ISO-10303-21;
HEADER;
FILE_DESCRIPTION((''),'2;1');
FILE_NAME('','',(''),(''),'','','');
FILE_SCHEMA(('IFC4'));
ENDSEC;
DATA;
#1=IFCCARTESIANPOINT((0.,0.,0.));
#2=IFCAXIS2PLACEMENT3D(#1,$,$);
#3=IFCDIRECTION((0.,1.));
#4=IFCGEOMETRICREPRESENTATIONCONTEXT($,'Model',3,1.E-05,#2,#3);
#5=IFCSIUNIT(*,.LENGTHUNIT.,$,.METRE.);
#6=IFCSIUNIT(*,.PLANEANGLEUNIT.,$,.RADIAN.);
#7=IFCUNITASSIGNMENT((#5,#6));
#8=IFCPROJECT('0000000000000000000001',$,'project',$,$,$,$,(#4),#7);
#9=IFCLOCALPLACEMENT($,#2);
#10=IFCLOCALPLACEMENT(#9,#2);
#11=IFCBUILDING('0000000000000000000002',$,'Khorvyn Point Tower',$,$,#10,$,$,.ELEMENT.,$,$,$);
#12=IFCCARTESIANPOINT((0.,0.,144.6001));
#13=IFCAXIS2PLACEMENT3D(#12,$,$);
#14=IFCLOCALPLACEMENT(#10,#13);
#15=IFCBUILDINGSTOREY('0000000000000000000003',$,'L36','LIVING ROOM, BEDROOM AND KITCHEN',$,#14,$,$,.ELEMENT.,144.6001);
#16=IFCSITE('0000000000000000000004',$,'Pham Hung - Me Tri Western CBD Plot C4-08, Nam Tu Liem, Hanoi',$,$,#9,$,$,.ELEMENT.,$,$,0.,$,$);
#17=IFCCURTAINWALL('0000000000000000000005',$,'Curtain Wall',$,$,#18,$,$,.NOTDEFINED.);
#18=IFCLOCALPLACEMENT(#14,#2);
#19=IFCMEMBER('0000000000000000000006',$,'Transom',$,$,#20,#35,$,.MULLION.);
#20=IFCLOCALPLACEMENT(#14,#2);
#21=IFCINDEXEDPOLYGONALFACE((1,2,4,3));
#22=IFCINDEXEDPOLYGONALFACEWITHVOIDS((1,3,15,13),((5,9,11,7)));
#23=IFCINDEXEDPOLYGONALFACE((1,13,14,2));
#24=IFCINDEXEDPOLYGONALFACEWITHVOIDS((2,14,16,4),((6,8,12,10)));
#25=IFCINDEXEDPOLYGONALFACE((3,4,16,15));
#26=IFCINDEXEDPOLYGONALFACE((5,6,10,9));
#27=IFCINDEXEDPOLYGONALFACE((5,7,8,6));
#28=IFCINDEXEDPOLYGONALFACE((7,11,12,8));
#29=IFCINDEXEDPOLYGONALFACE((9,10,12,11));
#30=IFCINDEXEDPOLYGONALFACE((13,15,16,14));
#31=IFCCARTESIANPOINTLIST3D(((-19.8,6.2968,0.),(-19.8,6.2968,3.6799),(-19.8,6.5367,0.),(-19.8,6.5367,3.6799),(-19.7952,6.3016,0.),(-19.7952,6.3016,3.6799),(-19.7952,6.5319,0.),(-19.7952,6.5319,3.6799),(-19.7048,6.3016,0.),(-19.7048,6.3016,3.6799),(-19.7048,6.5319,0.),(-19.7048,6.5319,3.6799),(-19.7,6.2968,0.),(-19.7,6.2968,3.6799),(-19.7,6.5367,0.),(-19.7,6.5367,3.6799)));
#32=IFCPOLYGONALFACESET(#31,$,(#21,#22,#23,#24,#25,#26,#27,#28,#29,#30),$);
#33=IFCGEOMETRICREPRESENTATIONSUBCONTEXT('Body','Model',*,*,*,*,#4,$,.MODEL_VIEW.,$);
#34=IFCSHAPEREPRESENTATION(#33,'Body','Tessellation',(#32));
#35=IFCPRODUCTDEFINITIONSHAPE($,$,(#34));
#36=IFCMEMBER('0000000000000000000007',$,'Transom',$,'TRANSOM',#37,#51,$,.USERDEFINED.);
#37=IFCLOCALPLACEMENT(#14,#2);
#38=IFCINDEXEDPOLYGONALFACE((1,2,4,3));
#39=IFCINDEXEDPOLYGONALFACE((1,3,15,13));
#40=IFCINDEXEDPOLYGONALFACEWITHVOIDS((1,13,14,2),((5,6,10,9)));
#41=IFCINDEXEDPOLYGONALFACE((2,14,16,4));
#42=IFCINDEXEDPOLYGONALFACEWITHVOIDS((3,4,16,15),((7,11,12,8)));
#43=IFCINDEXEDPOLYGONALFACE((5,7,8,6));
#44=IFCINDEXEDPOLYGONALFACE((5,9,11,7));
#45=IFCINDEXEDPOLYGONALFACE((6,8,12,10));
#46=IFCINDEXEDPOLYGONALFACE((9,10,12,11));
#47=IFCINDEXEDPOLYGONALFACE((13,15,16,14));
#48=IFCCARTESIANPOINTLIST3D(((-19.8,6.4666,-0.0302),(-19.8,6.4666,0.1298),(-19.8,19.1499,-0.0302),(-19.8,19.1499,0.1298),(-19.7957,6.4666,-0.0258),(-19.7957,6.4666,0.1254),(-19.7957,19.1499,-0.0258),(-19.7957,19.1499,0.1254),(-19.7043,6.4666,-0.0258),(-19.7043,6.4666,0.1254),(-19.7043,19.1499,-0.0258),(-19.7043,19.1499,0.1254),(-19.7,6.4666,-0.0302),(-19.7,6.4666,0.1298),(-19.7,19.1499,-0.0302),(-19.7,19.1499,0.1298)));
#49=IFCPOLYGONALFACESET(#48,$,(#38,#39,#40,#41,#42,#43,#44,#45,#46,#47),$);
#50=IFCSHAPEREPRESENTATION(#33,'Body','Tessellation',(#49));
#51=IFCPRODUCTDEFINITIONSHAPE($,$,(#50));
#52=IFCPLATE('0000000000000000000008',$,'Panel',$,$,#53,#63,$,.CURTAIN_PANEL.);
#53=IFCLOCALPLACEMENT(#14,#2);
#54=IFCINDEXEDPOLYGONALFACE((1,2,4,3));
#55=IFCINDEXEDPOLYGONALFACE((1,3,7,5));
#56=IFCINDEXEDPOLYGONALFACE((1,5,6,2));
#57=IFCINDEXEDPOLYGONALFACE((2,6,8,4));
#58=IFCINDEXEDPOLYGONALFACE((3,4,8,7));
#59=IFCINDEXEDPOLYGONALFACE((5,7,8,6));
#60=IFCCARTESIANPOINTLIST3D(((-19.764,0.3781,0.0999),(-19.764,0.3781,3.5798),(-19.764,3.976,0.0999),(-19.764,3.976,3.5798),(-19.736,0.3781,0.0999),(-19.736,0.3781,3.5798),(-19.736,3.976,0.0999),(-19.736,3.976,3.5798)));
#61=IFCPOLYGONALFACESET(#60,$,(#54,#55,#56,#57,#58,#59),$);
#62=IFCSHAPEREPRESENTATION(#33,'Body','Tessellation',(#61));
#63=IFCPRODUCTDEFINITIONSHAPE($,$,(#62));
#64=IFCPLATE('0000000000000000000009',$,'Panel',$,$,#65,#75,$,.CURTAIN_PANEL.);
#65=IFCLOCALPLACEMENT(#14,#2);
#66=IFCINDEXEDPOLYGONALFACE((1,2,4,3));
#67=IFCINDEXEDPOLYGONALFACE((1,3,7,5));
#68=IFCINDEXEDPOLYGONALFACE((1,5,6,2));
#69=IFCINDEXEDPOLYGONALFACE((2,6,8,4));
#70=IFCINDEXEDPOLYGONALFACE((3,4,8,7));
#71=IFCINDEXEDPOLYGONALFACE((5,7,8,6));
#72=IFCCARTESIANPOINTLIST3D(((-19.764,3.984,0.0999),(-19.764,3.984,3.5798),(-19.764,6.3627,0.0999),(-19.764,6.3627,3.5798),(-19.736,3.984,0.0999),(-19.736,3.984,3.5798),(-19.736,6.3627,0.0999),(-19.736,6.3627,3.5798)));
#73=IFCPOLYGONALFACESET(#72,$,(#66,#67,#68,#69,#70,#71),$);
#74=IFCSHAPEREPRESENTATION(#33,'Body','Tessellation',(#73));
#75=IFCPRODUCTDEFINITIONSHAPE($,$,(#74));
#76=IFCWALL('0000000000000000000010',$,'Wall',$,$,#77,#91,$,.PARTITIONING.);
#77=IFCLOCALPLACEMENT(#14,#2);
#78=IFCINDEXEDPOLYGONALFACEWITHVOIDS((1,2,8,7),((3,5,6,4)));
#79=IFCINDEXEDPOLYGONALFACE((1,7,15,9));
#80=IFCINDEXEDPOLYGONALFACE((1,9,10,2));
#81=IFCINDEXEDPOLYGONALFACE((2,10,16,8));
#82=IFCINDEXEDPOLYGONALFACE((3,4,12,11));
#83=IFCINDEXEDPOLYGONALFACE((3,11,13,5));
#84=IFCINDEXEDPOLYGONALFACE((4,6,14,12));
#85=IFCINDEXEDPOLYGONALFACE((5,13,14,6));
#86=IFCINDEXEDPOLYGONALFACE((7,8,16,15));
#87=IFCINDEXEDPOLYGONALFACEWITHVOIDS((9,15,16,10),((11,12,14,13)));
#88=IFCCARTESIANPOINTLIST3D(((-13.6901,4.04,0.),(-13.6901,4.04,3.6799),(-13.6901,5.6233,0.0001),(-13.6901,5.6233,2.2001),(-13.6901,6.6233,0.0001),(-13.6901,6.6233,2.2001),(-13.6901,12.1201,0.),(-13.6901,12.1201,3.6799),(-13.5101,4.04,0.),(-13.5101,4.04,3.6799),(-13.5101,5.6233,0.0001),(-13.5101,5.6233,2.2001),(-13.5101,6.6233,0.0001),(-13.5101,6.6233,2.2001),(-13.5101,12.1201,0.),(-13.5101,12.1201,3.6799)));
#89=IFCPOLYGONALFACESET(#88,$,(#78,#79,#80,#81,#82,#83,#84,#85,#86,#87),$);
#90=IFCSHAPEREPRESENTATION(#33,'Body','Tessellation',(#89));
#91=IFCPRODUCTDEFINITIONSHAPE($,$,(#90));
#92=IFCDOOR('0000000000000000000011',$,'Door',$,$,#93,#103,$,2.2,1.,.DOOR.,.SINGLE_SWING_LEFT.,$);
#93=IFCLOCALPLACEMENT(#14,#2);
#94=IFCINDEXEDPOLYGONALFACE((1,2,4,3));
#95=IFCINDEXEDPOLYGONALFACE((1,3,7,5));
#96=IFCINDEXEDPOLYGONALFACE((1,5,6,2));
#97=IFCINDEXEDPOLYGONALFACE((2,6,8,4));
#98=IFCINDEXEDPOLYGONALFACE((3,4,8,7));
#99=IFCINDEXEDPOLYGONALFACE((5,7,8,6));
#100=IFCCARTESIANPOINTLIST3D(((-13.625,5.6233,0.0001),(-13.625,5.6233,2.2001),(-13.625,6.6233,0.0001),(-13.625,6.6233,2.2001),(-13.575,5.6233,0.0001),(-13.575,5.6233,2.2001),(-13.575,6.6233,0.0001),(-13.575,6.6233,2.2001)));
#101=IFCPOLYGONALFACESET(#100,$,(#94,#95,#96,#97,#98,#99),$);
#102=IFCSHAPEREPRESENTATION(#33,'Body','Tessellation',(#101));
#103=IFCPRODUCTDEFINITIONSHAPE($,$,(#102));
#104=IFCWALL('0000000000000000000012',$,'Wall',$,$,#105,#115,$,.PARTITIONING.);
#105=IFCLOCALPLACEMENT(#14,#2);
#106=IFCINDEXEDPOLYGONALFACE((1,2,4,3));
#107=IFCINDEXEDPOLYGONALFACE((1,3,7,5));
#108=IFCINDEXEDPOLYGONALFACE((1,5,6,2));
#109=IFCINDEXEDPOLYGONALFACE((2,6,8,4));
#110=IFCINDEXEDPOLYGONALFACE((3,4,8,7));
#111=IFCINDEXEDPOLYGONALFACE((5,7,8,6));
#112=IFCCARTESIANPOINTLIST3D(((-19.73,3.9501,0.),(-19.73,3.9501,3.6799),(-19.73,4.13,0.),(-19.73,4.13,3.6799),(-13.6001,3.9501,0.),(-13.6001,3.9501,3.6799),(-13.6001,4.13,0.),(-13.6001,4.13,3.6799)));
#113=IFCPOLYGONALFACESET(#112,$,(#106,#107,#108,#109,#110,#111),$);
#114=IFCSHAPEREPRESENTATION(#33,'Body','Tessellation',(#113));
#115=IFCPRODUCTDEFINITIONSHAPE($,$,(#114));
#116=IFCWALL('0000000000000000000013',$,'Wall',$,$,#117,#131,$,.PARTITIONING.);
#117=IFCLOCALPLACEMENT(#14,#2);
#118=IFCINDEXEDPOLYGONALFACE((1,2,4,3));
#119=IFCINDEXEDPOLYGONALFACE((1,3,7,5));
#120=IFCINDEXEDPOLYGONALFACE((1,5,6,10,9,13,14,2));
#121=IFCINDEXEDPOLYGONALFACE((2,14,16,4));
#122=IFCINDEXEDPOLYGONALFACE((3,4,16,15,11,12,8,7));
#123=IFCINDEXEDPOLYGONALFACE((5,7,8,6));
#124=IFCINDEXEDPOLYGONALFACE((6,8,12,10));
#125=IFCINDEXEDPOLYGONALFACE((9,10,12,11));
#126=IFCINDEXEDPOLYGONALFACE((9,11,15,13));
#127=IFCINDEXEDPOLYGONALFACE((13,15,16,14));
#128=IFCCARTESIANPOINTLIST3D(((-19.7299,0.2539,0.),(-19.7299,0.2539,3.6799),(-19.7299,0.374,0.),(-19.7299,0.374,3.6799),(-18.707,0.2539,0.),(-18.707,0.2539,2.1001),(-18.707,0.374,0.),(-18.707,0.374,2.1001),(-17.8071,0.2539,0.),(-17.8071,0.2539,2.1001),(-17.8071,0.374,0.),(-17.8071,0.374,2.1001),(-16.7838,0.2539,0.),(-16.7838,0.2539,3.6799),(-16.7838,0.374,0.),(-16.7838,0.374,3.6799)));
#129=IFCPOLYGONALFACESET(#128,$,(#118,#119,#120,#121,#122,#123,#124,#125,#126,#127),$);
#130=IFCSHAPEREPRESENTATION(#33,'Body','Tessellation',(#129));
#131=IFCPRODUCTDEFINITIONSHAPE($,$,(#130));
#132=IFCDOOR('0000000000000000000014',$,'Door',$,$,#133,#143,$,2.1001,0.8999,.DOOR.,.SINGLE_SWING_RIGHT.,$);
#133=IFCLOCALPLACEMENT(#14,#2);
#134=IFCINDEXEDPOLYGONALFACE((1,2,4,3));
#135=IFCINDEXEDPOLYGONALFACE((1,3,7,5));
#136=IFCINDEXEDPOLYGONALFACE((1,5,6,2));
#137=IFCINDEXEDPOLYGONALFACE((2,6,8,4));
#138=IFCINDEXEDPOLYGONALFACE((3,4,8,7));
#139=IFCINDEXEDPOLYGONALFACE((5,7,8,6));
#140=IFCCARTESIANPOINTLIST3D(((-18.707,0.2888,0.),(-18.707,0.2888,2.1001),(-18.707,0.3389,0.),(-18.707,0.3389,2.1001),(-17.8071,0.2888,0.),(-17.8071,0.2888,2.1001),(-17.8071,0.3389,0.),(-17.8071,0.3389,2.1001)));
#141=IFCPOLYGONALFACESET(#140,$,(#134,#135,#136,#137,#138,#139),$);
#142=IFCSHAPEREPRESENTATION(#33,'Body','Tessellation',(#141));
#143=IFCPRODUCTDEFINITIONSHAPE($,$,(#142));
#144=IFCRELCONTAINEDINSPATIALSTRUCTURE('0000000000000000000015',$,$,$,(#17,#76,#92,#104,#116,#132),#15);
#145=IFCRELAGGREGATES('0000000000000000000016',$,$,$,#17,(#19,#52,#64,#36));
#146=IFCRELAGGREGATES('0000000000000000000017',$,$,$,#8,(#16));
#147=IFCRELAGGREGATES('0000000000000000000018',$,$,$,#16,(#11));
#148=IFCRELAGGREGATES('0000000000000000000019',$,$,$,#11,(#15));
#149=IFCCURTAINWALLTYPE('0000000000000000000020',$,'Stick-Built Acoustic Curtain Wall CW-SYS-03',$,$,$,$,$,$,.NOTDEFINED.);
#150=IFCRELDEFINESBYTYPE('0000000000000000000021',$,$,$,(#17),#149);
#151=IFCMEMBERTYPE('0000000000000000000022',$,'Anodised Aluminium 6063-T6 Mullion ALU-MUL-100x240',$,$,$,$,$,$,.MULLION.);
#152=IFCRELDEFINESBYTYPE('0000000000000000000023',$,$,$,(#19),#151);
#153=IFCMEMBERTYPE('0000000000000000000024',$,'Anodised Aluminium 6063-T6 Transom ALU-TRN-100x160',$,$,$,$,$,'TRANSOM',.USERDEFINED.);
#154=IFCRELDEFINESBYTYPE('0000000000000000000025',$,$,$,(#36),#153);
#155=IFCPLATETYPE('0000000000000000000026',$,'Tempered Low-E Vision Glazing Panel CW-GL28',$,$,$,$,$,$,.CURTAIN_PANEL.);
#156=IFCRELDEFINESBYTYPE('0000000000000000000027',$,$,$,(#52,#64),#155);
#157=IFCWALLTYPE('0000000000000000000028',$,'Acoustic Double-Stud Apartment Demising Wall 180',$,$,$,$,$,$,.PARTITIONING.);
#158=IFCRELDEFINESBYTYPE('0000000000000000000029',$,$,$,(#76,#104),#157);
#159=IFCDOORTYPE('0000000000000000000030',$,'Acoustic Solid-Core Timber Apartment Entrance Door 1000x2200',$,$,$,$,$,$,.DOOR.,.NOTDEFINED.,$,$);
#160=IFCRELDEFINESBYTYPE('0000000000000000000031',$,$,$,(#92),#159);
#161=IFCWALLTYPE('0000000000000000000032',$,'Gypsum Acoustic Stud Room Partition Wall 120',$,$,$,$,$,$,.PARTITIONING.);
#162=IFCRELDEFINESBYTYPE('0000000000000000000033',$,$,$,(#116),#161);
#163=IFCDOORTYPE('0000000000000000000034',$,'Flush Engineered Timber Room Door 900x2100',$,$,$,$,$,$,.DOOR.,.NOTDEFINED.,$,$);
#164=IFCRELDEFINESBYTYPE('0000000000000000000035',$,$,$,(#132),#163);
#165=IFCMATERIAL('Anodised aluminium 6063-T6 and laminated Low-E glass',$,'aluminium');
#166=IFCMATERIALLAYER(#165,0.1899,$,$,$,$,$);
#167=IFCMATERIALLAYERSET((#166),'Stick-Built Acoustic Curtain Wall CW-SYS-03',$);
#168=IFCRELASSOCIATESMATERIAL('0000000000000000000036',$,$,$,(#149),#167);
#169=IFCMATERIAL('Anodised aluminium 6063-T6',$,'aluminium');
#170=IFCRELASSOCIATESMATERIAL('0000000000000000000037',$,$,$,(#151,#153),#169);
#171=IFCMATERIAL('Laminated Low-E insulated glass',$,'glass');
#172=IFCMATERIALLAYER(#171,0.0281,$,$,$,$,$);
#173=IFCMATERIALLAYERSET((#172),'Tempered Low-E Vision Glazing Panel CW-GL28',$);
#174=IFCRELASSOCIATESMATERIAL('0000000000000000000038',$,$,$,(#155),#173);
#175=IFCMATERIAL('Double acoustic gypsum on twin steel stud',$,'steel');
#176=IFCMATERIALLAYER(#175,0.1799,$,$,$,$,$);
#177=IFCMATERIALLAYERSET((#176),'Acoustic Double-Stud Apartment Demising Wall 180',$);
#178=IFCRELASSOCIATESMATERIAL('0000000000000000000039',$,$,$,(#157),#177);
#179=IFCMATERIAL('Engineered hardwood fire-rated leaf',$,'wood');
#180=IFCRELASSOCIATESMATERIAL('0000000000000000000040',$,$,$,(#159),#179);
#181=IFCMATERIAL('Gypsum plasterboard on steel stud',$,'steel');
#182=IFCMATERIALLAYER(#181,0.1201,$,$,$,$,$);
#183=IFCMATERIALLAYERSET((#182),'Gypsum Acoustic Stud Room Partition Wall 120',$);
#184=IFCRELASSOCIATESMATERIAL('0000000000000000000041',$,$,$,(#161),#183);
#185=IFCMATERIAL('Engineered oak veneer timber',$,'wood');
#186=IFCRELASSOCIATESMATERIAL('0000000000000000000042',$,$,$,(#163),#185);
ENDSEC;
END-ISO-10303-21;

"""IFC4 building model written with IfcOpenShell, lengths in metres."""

from ifc_helpers import new_model, si_unit, direction, frame, frame_2d, origin, origin_2d, place, context, subcontext, project, spatial, rectangle, hollow_rectangle, extrude, material, layer, layer_set, material_profile, profile_set, type_object, element, fill, aggregate, save


model = new_model("IFC4")

# Units and contexts
model_context = context("Model", 3, precision=1e-05, world=origin(), true_north=direction((0.0, 1.0)))
body_context = subcontext(model_context, "Body", "Model", "MODEL_VIEW")
ifc_project = project(units=[si_unit("LENGTHUNIT", "METRE"), si_unit("PLANEANGLEUNIT", "RADIAN")], contexts=[model_context])

# Site, building, storey
site_placement = place(None, origin())
site = spatial("IfcSite", under=ifc_project, at=site_placement, Name="Pham Hung - Me Tri Western CBD Plot C4-08, Nam Tu Liem, Hanoi", CompositionType="ELEMENT", RefElevation=0.0)
building_placement = place(site_placement, origin())
building = spatial("IfcBuilding", under=site, at=building_placement, Name="Khorvyn Point Tower", CompositionType="ELEMENT")
storey_placement = place(building_placement, frame((0.0, 0.0, 144.6001)))
storey = spatial("IfcBuildingStorey", under=building, at=storey_placement, Name="L36", Description="LIVING ROOM, BEDROOM AND KITCHEN", CompositionType="ELEMENT", Elevation=144.6001)

# Curtain wall, members, plates
ifc_material_1 = material(Name="Anodised aluminium 6063-T6 and laminated Low-E glass", Category="aluminium")
ifc_layer_1 = layer(ifc_material_1, 0.1899)
ifc_layer_set_1 = layer_set([ifc_layer_1], Name="Stick-Built Acoustic Curtain Wall CW-SYS-03")
curtain_wall_type = type_object("IfcCurtainWallType", Name="Stick-Built Acoustic Curtain Wall CW-SYS-03", PredefinedType="NOTDEFINED", material=ifc_layer_set_1)
curtain_wall_placement = place(storey_placement, origin())
curtain_wall = element("IfcCurtainWall", 1, at=curtain_wall_placement, inside=storey, type_object=curtain_wall_type, Name="Curtain Wall", PredefinedType="NOTDEFINED")
ifc_material_2 = material(Name="Anodised aluminium 6063-T6", Category="aluminium")
ifc_material_profile_1 = material_profile(ifc_material_2, hollow_rectangle(XDim=0.1001, YDim=0.24, WallThickness=0.0049, at=origin_2d()))
ifc_profile_set_1 = profile_set([ifc_material_profile_1], Name="Anodised aluminium 6063-T6 ALU-MUL-100x240")
member_type_1 = type_object("IfcMemberType", Name="Anodised Aluminium 6063-T6 Mullion ALU-MUL-100x240", PredefinedType="MULLION", material=ifc_profile_set_1)
member_1_placement = place(storey_placement, frame((-19.75, 6.4167, 0.0), z_axis=(0.0, 0.0, 1.0), x_axis=(-1.0, 0.0, 0.0)))
member_1 = element("IfcMember", 2, at=member_1_placement, type_object=member_type_1, Name="Transom", PredefinedType="MULLION", context=body_context, shape_type="SweptSolid", body=[
    extrude(hollow_rectangle(XDim=0.1001, YDim=0.24, WallThickness=0.0049, at=origin_2d()), origin(), (0.0, 0.0, 1.0), 3.6799),
])
ifc_material_profile_2 = material_profile(ifc_material_2, hollow_rectangle(XDim=0.1001, YDim=0.1599, WallThickness=0.0044, at=origin_2d()))
ifc_profile_set_2 = profile_set([ifc_material_profile_2], Name="Anodised aluminium 6063-T6 ALU-TRN-100x160")
member_type_2 = type_object("IfcMemberType", Name="Anodised Aluminium 6063-T6 Transom ALU-TRN-100x160", ElementType="TRANSOM", PredefinedType="USERDEFINED", material=ifc_profile_set_2)
member_2_placement = place(storey_placement, frame((-19.75, 6.4666, 0.0498), z_axis=(0.0, 1.0, 0.0), x_axis=(-1.0, 0.0, 0.0)))
member_2 = element("IfcMember", 3, at=member_2_placement, type_object=member_type_2, Name="Transom", ObjectType="TRANSOM", PredefinedType="USERDEFINED", context=body_context, shape_type="SweptSolid", body=[
    extrude(hollow_rectangle(XDim=0.1001, YDim=0.1599, WallThickness=0.0044, at=origin_2d()), origin(), (0.0, 0.0, 1.0), 12.6833),
])
ifc_material_3 = material(Name="Laminated Low-E insulated glass", Category="glass")
ifc_layer_2 = layer(ifc_material_3, 0.0281)
ifc_layer_set_2 = layer_set([ifc_layer_2], Name="Tempered Low-E Vision Glazing Panel CW-GL28")
plate_type = type_object("IfcPlateType", Name="Tempered Low-E Vision Glazing Panel CW-GL28", PredefinedType="CURTAIN_PANEL", material=ifc_layer_set_2)
plate_1_placement = place(storey_placement, frame((-19.75, 2.177, 0.0999), z_axis=(0.0, 0.0, 1.0), x_axis=(0.0, 1.0, 0.0)))
plate_1 = element("IfcPlate", 4, at=plate_1_placement, type_object=plate_type, Name="Panel", PredefinedType="CURTAIN_PANEL", context=body_context, shape_type="SweptSolid", body=[
    extrude(rectangle(XDim=3.5979, YDim=0.0281, at=origin_2d()), origin(), (0.0, 0.0, 1.0), 3.48),
])
plate_2_placement = place(storey_placement, frame((-19.75, 5.1733, 0.0999), z_axis=(0.0, 0.0, 1.0), x_axis=(0.0, 1.0, 0.0)))
plate_2 = element("IfcPlate", 5, at=plate_2_placement, type_object=plate_type, Name="Panel", PredefinedType="CURTAIN_PANEL", context=body_context, shape_type="SweptSolid", body=[
    extrude(rectangle(XDim=2.3787, YDim=0.0281, at=origin_2d()), origin(), (0.0, 0.0, 1.0), 3.48),
])
aggregate(curtain_wall, [member_1, plate_1, plate_2, member_2])

# Wall, opening, door
ifc_material_4 = material(Name="Double acoustic gypsum on twin steel stud", Category="steel")
ifc_layer_3 = layer(ifc_material_4, 0.1799)
ifc_layer_set_3 = layer_set([ifc_layer_3], Name="Acoustic Double-Stud Apartment Demising Wall 180")
wall_type_1 = type_object("IfcWallType", Name="Acoustic Double-Stud Apartment Demising Wall 180", PredefinedType="PARTITIONING", material=ifc_layer_set_3)
wall_1_placement = place(storey_placement, frame((-13.6001, 4.04, 0.0), z_axis=(0.0, 0.0, 1.0), x_axis=(0.0, 1.0, 0.0)))
wall_1 = element("IfcWall", 6, at=wall_1_placement, inside=storey, type_object=wall_type_1, Name="Wall", PredefinedType="PARTITIONING", context=body_context, shape_type="SweptSolid", body=[
    extrude(rectangle(XDim=8.0801, YDim=0.1799, at=frame_2d((4.04, 0.0))), origin(), (0.0, 0.0, 1.0), 3.6799),
])
opening_1_placement = place(wall_1_placement, frame((1.5833, 0.0, 0.0)))
opening_1 = element("IfcOpeningElement", 7, at=opening_1_placement, cuts=wall_1, PredefinedType="OPENING", context=body_context, shape_type="SweptSolid", body=[
    extrude(rectangle(XDim=1.0, YDim=2.2, at=frame_2d((0.5, 1.1001))), frame((0.0, 0.0999, 0.0), z_axis=(0.0, -1.0, 0.0), x_axis=(1.0, 0.0, 0.0)), (0.0, 0.0, 1.0), 0.2),
])
ifc_material_5 = material(Name="Engineered hardwood fire-rated leaf", Category="wood")
door_type_1 = type_object("IfcDoorType", Name="Acoustic Solid-Core Timber Apartment Entrance Door 1000x2200", OperationType="NOTDEFINED", PredefinedType="DOOR", material=ifc_material_5)
door_1_placement = place(opening_1_placement, origin())
door_1 = element("IfcDoor", 8, at=door_1_placement, inside=storey, type_object=door_type_1, Name="Door", OperationType="SINGLE_SWING_LEFT", OverallHeight=2.2, OverallWidth=1.0, PredefinedType="DOOR", context=body_context, shape_type="SweptSolid", body=[
    extrude(rectangle(XDim=1.0, YDim=2.2, at=frame_2d((0.5, 1.1001))), frame((0.0, 0.0249, 0.0), z_axis=(0.0, -1.0, 0.0), x_axis=(1.0, 0.0, 0.0)), (0.0, 0.0, 1.0), 0.05),
])
fill(opening_1, door_1)

# Wall
wall_2_placement = place(storey_placement, frame((-19.73, 4.04, 0.0), z_axis=(0.0, 0.0, 1.0), x_axis=(1.0, 0.0, 0.0)))
element("IfcWall", 9, at=wall_2_placement, inside=storey, type_object=wall_type_1, Name="Wall", PredefinedType="PARTITIONING", context=body_context, shape_type="SweptSolid", body=[
    extrude(rectangle(XDim=6.1299, YDim=0.1799, at=frame_2d((3.0649, 0.0))), origin(), (0.0, 0.0, 1.0), 3.6799),
])

# Wall, opening, door
ifc_material_6 = material(Name="Gypsum plasterboard on steel stud", Category="steel")
ifc_layer_4 = layer(ifc_material_6, 0.1201)
ifc_layer_set_4 = layer_set([ifc_layer_4], Name="Gypsum Acoustic Stud Room Partition Wall 120")
wall_type_2 = type_object("IfcWallType", Name="Gypsum Acoustic Stud Room Partition Wall 120", PredefinedType="PARTITIONING", material=ifc_layer_set_4)
wall_3_placement = place(storey_placement, frame((-19.73, 0.314, 0.0), z_axis=(0.0, 0.0, 1.0), x_axis=(1.0, 0.0, 0.0)))
wall_3 = element("IfcWall", 10, at=wall_3_placement, inside=storey, type_object=wall_type_2, Name="Wall", PredefinedType="PARTITIONING", context=body_context, shape_type="SweptSolid", body=[
    extrude(rectangle(XDim=2.946, YDim=0.1201, at=frame_2d((1.4731, 0.0))), origin(), (0.0, 0.0, 1.0), 3.6799),
])
opening_2_placement = place(wall_3_placement, frame((1.0229, 0.0, 0.0)))
opening_2 = element("IfcOpeningElement", 11, at=opening_2_placement, cuts=wall_3, PredefinedType="OPENING", context=body_context, shape_type="SweptSolid", body=[
    extrude(rectangle(XDim=0.8999, YDim=2.1001, at=frame_2d((0.45, 1.05))), frame((0.0, 0.0701, 0.0), z_axis=(0.0, -1.0, 0.0), x_axis=(1.0, 0.0, 0.0)), (0.0, 0.0, 1.0), 0.1401),
])
ifc_material_7 = material(Name="Engineered oak veneer timber", Category="wood")
door_type_2 = type_object("IfcDoorType", Name="Flush Engineered Timber Room Door 900x2100", OperationType="NOTDEFINED", PredefinedType="DOOR", material=ifc_material_7)
door_2_placement = place(opening_2_placement, origin())
door_2 = element("IfcDoor", 12, at=door_2_placement, inside=storey, type_object=door_type_2, Name="Door", OperationType="SINGLE_SWING_RIGHT", OverallHeight=2.1001, OverallWidth=0.8999, PredefinedType="DOOR", context=body_context, shape_type="SweptSolid", body=[
    extrude(rectangle(XDim=0.8999, YDim=2.1001, at=frame_2d((0.45, 1.05))), frame((0.0, 0.0249, 0.0), z_axis=(0.0, -1.0, 0.0), x_axis=(1.0, 0.0, 0.0)), (0.0, 0.0, 1.0), 0.05),
])
fill(opening_2, door_2)

save(model, "model.ifc")
